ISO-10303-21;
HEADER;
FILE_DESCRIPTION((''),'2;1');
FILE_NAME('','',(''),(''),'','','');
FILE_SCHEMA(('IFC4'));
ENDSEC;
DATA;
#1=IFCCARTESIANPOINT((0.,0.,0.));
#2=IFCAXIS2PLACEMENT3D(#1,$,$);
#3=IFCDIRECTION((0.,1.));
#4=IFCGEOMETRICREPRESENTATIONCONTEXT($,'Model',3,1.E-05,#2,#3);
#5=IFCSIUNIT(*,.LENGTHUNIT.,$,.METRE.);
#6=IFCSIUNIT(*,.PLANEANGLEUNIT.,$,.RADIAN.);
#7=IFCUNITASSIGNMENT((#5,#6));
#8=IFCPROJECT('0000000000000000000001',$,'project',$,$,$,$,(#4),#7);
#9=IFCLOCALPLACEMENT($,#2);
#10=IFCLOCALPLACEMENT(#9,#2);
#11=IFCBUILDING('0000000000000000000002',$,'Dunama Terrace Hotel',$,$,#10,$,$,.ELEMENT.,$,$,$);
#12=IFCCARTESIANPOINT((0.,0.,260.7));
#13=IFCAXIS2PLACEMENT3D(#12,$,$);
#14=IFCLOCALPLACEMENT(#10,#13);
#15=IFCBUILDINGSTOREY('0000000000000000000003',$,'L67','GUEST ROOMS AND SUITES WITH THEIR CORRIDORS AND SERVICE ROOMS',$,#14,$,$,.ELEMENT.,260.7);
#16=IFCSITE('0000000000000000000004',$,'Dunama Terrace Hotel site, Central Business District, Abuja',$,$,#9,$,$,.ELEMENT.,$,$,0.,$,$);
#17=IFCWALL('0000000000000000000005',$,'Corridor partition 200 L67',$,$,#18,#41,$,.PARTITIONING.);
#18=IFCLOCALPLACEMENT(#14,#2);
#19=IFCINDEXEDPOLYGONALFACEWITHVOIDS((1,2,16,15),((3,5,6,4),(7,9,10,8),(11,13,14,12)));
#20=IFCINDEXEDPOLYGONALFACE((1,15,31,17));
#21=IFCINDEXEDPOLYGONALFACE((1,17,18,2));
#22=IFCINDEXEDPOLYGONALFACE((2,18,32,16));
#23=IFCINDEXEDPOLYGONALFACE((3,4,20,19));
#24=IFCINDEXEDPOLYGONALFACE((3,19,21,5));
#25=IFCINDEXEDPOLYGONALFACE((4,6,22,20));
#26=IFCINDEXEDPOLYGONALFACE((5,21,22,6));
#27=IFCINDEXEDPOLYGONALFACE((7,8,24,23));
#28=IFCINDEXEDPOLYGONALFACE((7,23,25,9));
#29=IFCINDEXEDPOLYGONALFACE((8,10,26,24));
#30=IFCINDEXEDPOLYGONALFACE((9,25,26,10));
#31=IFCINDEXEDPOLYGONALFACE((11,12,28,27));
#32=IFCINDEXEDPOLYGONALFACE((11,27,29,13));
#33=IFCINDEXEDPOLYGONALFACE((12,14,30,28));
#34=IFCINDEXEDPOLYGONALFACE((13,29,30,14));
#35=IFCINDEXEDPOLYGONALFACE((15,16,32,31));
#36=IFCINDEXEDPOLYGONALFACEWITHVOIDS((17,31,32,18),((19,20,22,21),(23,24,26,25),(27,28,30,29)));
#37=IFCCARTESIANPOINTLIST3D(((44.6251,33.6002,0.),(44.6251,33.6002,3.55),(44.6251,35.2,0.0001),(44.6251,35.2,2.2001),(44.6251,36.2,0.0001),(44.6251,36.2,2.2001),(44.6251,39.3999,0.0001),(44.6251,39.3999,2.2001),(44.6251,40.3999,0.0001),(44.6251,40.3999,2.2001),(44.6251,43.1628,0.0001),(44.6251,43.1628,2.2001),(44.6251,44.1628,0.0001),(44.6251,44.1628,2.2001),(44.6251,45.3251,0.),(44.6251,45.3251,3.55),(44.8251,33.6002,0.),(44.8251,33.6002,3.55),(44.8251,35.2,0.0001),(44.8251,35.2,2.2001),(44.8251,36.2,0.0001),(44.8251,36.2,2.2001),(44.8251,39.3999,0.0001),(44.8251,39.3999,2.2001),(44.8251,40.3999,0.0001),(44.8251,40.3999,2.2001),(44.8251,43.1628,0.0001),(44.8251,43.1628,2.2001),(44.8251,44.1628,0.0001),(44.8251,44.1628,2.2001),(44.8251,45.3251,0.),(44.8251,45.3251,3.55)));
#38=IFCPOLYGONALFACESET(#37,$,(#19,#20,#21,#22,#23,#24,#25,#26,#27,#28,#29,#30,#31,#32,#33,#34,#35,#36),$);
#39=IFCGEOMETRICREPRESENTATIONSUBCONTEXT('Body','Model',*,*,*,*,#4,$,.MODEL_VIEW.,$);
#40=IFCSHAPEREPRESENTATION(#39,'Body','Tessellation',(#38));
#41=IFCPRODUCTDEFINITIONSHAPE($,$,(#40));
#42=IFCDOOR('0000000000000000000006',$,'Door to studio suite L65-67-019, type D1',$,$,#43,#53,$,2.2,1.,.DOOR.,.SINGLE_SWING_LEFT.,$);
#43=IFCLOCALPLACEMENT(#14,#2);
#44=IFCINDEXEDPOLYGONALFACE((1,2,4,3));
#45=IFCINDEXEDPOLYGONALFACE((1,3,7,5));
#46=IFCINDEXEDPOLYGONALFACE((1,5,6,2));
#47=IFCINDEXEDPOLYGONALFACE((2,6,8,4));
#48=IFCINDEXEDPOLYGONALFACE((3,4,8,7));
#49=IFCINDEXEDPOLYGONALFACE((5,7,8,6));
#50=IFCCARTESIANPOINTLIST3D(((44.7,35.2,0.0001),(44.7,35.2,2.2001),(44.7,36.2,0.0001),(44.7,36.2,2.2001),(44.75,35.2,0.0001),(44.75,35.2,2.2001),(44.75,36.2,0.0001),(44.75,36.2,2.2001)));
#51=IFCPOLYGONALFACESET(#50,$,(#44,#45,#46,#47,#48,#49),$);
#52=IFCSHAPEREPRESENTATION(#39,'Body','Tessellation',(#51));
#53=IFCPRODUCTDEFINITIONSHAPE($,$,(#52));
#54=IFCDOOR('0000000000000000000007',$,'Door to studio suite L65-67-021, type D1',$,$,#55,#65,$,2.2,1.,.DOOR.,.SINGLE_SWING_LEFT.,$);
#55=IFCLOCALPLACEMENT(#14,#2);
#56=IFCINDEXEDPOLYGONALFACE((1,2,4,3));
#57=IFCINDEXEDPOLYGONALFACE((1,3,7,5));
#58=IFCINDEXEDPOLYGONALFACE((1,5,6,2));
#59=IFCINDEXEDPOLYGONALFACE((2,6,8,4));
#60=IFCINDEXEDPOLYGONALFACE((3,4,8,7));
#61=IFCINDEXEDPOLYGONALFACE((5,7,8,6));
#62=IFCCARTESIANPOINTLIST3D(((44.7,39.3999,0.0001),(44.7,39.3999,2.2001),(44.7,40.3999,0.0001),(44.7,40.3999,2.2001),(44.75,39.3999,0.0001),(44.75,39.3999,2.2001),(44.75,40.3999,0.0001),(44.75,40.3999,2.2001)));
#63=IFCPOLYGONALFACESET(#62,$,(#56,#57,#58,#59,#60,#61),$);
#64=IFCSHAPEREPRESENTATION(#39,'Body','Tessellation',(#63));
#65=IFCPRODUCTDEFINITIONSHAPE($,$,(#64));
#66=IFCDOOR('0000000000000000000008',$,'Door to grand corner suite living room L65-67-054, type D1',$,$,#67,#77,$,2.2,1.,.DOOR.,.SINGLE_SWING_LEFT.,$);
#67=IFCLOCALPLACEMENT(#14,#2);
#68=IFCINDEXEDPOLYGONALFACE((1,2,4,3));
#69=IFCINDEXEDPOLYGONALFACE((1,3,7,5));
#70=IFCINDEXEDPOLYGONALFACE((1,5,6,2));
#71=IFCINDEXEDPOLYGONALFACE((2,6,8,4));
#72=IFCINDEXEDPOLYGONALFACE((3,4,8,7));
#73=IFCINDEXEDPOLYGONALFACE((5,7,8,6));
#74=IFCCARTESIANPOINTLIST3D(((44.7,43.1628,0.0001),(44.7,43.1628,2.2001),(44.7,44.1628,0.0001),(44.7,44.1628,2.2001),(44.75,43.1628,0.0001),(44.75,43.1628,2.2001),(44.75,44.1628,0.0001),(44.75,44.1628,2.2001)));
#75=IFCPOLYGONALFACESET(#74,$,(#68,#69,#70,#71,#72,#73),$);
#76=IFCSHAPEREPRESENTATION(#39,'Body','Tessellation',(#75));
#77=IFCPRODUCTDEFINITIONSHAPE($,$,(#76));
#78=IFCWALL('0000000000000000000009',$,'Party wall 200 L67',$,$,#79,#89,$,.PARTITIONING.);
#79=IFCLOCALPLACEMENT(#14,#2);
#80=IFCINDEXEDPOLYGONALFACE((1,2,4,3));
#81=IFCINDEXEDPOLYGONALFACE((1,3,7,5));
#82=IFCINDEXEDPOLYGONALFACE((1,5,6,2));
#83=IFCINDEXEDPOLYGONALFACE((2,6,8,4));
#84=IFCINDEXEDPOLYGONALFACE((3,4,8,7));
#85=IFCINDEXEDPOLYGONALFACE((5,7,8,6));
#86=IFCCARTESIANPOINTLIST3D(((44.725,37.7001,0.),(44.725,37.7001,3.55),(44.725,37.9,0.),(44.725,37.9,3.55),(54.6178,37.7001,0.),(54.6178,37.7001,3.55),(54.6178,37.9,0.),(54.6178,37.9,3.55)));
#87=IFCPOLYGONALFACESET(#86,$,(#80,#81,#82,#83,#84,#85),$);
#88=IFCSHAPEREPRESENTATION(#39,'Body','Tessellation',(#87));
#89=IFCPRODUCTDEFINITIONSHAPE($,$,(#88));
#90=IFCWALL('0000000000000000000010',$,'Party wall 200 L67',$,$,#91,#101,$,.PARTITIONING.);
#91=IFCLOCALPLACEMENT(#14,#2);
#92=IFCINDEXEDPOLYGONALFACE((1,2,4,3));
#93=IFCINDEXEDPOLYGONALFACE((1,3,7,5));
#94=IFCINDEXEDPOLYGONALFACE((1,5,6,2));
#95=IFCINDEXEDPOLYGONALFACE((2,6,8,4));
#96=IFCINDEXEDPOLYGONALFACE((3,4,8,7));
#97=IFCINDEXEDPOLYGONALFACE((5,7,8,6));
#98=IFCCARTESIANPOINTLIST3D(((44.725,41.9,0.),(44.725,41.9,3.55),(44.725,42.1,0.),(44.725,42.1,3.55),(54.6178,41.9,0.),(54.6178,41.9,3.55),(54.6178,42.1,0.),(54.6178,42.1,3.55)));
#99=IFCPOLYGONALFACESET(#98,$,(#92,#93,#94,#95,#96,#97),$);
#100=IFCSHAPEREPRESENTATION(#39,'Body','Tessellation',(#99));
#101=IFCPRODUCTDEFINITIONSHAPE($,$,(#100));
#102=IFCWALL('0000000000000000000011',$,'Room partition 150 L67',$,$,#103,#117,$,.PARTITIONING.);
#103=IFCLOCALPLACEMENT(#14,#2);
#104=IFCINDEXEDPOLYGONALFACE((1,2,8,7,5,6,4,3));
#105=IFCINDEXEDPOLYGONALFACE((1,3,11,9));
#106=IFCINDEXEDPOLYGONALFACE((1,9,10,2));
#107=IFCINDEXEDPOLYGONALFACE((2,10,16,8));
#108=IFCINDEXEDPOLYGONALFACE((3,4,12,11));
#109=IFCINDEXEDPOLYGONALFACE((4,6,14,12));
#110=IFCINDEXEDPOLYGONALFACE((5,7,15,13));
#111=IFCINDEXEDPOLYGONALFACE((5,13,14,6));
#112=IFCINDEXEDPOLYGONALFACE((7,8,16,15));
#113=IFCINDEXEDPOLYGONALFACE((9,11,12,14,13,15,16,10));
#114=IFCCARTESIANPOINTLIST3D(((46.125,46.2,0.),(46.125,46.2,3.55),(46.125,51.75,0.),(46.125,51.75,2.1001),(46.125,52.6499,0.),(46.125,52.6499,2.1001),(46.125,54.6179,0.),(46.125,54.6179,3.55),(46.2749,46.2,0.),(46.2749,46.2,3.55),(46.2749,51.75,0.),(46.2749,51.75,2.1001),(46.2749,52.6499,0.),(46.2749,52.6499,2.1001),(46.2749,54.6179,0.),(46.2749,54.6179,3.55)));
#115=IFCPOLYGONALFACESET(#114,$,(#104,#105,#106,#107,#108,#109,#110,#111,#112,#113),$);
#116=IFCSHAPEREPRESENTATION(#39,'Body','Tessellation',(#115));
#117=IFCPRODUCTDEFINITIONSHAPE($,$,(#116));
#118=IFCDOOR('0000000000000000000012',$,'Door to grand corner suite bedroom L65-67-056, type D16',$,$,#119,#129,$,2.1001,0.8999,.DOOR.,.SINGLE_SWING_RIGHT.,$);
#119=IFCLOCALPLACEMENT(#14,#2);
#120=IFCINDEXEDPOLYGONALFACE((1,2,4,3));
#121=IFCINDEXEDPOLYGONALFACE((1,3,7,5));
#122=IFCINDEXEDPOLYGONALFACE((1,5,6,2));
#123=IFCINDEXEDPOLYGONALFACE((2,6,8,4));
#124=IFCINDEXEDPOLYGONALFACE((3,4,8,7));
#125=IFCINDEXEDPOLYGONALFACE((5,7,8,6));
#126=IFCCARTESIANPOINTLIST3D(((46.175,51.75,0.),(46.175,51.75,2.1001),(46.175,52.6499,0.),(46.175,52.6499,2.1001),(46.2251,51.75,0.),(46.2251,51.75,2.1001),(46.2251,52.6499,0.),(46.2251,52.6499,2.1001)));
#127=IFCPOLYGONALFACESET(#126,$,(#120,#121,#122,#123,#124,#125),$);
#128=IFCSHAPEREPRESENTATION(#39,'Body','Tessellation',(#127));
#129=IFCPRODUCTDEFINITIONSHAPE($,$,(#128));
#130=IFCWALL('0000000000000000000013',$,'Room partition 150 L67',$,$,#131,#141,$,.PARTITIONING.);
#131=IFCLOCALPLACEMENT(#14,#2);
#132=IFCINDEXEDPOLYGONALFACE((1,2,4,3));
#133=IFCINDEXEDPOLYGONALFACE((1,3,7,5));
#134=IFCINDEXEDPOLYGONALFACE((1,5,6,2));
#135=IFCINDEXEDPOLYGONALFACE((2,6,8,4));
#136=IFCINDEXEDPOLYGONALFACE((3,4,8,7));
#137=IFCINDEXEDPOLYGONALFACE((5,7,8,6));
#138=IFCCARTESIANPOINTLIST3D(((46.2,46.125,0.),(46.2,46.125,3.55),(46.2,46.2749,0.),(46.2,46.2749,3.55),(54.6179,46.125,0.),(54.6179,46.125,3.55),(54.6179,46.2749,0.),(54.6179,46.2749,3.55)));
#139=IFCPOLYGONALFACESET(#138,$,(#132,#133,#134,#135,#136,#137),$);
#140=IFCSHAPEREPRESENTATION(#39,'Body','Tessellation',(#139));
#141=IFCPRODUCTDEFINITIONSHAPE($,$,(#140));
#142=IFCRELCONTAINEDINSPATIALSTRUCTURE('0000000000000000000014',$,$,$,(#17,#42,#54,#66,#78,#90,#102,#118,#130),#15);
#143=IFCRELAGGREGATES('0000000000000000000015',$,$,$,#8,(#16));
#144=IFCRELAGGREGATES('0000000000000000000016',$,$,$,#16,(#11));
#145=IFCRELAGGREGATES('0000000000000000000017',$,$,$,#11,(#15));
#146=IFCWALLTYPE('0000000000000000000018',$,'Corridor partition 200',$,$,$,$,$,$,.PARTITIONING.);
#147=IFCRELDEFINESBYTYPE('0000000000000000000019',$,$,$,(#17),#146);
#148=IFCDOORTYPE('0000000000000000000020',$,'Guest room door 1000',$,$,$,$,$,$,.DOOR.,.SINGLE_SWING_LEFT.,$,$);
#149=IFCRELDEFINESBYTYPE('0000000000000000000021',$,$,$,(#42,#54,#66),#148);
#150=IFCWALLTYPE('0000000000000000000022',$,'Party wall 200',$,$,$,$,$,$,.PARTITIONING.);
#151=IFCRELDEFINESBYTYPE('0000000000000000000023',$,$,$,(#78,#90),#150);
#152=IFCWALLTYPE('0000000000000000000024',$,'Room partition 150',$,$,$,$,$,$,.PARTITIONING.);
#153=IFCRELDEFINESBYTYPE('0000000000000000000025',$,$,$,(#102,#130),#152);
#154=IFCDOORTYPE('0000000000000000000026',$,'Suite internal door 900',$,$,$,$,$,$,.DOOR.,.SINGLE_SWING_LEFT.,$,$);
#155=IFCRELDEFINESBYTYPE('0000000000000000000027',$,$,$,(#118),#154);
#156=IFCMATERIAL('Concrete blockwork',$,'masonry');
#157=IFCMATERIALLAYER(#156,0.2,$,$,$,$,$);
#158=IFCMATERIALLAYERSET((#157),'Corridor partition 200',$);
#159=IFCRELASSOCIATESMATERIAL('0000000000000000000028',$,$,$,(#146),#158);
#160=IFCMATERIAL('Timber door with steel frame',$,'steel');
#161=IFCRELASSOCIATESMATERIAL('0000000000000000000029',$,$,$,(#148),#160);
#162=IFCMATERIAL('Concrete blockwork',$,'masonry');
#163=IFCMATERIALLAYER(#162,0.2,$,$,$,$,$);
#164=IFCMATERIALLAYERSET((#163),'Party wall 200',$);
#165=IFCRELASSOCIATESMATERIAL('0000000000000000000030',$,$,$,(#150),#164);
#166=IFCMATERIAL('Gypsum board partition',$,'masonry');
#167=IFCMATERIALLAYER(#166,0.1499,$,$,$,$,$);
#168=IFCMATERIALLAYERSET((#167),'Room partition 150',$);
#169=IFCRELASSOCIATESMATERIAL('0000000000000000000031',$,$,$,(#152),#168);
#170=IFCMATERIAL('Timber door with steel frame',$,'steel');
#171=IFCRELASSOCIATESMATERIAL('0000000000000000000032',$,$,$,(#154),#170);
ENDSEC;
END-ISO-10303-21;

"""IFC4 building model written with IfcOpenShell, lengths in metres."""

from ifc_helpers import new_model, si_unit, direction, frame, frame_2d, origin, place, context, subcontext, project, spatial, rectangle, extrude, material, layer, layer_set, type_object, element, fill, save


model = new_model("IFC4")

# Units and contexts
model_context = context("Model", 3, precision=1e-05, world=origin(), true_north=direction((0.0, 1.0)))
body_context = subcontext(model_context, "Body", "Model", "MODEL_VIEW")
ifc_project = project(units=[si_unit("LENGTHUNIT", "METRE"), si_unit("PLANEANGLEUNIT", "RADIAN")], contexts=[model_context])

# Site, building, storey
site_placement = place(None, origin())
site = spatial("IfcSite", under=ifc_project, at=site_placement, Name="Dunama Terrace Hotel site, Central Business District, Abuja", CompositionType="ELEMENT", RefElevation=0.0)
building_placement = place(site_placement, origin())
building = spatial("IfcBuilding", under=site, at=building_placement, Name="Dunama Terrace Hotel", CompositionType="ELEMENT")
storey_placement = place(building_placement, frame((0.0, 0.0, 260.7)))
storey = spatial("IfcBuildingStorey", under=building, at=storey_placement, Name="L67", Description="GUEST ROOMS AND SUITES WITH THEIR CORRIDORS AND SERVICE ROOMS", CompositionType="ELEMENT", Elevation=260.7)

# Wall, openings, doors
ifc_material_1 = material(Name="Concrete blockwork", Category="masonry")
ifc_layer_1 = layer(ifc_material_1, 0.2)
ifc_layer_set_1 = layer_set([ifc_layer_1], Name="Corridor partition 200")
wall_type_1 = type_object("IfcWallType", Name="Corridor partition 200", PredefinedType="PARTITIONING", material=ifc_layer_set_1)
wall_1_placement = place(storey_placement, frame((44.7251, 45.325, 0.0), z_axis=(0.0, 0.0, 1.0), x_axis=(0.0, -1.0, 0.0)))
wall_1 = element("IfcWall", 1, at=wall_1_placement, inside=storey, type_object=wall_type_1, Name="Corridor partition 200 L67", PredefinedType="PARTITIONING", context=body_context, shape_type="SweptSolid", body=[
    extrude(rectangle(XDim=11.7249, YDim=0.2, at=frame_2d((5.8623, 0.0))), origin(), (0.0, 0.0, 1.0), 3.55),
])
opening_1_placement = place(wall_1_placement, frame((9.125, 0.0, 0.0)))
opening_1 = element("IfcOpeningElement", 2, at=opening_1_placement, cuts=wall_1, PredefinedType="OPENING", context=body_context, shape_type="SweptSolid", body=[
    extrude(rectangle(XDim=1.0, YDim=2.2, at=frame_2d((0.5, 1.1001))), frame((0.0, 0.1099, 0.0), z_axis=(0.0, -1.0, 0.0), x_axis=(1.0, 0.0, 0.0)), (0.0, 0.0, 1.0), 0.22),
])
opening_2_placement = place(wall_1_placement, frame((4.925, 0.0, 0.0)))
opening_2 = element("IfcOpeningElement", 3, at=opening_2_placement, cuts=wall_1, PredefinedType="OPENING", context=body_context, shape_type="SweptSolid", body=[
    extrude(rectangle(XDim=1.0, YDim=2.2, at=frame_2d((0.5, 1.1001))), frame((0.0, 0.1099, 0.0), z_axis=(0.0, -1.0, 0.0), x_axis=(1.0, 0.0, 0.0)), (0.0, 0.0, 1.0), 0.22),
])
opening_3_placement = place(wall_1_placement, frame((1.1621, 0.0, 0.0)))
opening_3 = element("IfcOpeningElement", 4, at=opening_3_placement, cuts=wall_1, PredefinedType="OPENING", context=body_context, shape_type="SweptSolid", body=[
    extrude(rectangle(XDim=1.0, YDim=2.2, at=frame_2d((0.5, 1.1001))), frame((0.0, 0.1099, 0.0), z_axis=(0.0, -1.0, 0.0), x_axis=(1.0, 0.0, 0.0)), (0.0, 0.0, 1.0), 0.22),
])
ifc_material_2 = material(Name="Timber door with steel frame", Category="steel")
door_type_1 = type_object("IfcDoorType", Name="Guest room door 1000", OperationType="SINGLE_SWING_LEFT", PredefinedType="DOOR", material=ifc_material_2)
door_1_placement = place(opening_1_placement, origin())
door_1 = element("IfcDoor", 5, at=door_1_placement, inside=storey, type_object=door_type_1, Name="Door to studio suite L65-67-019, type D1", OperationType="SINGLE_SWING_LEFT", OverallHeight=2.2, OverallWidth=1.0, PredefinedType="DOOR", context=body_context, shape_type="SweptSolid", body=[
    extrude(rectangle(XDim=1.0, YDim=2.2, at=frame_2d((0.5, 1.1001))), frame((0.0, 0.0249, 0.0), z_axis=(0.0, -1.0, 0.0), x_axis=(1.0, 0.0, 0.0)), (0.0, 0.0, 1.0), 0.05),
])
fill(opening_1, door_1)
door_2_placement = place(opening_2_placement, origin())
door_2 = element("IfcDoor", 6, at=door_2_placement, inside=storey, type_object=door_type_1, Name="Door to studio suite L65-67-021, type D1", OperationType="SINGLE_SWING_LEFT", OverallHeight=2.2, OverallWidth=1.0, PredefinedType="DOOR", context=body_context, shape_type="SweptSolid", body=[
    extrude(rectangle(XDim=1.0, YDim=2.2, at=frame_2d((0.5, 1.1001))), frame((0.0, 0.0249, 0.0), z_axis=(0.0, -1.0, 0.0), x_axis=(1.0, 0.0, 0.0)), (0.0, 0.0, 1.0), 0.05),
])
fill(opening_2, door_2)
door_3_placement = place(opening_3_placement, origin())
door_3 = element("IfcDoor", 7, at=door_3_placement, inside=storey, type_object=door_type_1, Name="Door to grand corner suite living room L65-67-054, type D1", OperationType="SINGLE_SWING_LEFT", OverallHeight=2.2, OverallWidth=1.0, PredefinedType="DOOR", context=body_context, shape_type="SweptSolid", body=[
    extrude(rectangle(XDim=1.0, YDim=2.2, at=frame_2d((0.5, 1.1001))), frame((0.0, 0.0249, 0.0), z_axis=(0.0, -1.0, 0.0), x_axis=(1.0, 0.0, 0.0)), (0.0, 0.0, 1.0), 0.05),
])
fill(opening_3, door_3)

# Walls
ifc_material_3 = material(Name="Concrete blockwork", Category="masonry")
ifc_layer_2 = layer(ifc_material_3, 0.2)
ifc_layer_set_2 = layer_set([ifc_layer_2], Name="Party wall 200")
wall_type_2 = type_object("IfcWallType", Name="Party wall 200", PredefinedType="PARTITIONING", material=ifc_layer_set_2)
for number, where, z_axis, x_axis, name in (
    (8, (44.7251, 37.8, 0.0), (0.0, 0.0, 1.0), (1.0, 0.0, 0.0), "Party wall 200 L67"),
    (9, (44.7251, 42.0, 0.0), (0.0, 0.0, 1.0), (1.0, 0.0, 0.0), "Party wall 200 L67"),
):
    element("IfcWall", number, at=place(storey_placement, frame(where, z_axis=z_axis, x_axis=x_axis)), inside=storey, type_object=wall_type_2, Name=name, PredefinedType="PARTITIONING", context=body_context, shape_type="SweptSolid", body=[
        extrude(rectangle(XDim=9.8928, YDim=0.2, at=frame_2d((4.9463, 0.0))), origin(), (0.0, 0.0, 1.0), 3.55),
    ])

# Wall, opening, door
ifc_material_4 = material(Name="Gypsum board partition", Category="masonry")
ifc_layer_3 = layer(ifc_material_4, 0.1499)
ifc_layer_set_3 = layer_set([ifc_layer_3], Name="Room partition 150")
wall_type_3 = type_object("IfcWallType", Name="Room partition 150", PredefinedType="PARTITIONING", material=ifc_layer_set_3)
wall_2_placement = place(storey_placement, frame((46.2, 46.2, 0.0), z_axis=(0.0, 0.0, 1.0), x_axis=(0.0, 1.0, 0.0)))
wall_2 = element("IfcWall", 10, at=wall_2_placement, inside=storey, type_object=wall_type_3, Name="Room partition 150 L67", PredefinedType="PARTITIONING", context=body_context, shape_type="SweptSolid", body=[
    extrude(rectangle(XDim=8.418, YDim=0.1499, at=frame_2d((4.209, 0.0))), origin(), (0.0, 0.0, 1.0), 3.55),
])
opening_4_placement = place(wall_2_placement, frame((5.55, 0.0, 0.0)))
opening_4 = element("IfcOpeningElement", 11, at=opening_4_placement, cuts=wall_2, PredefinedType="OPENING", context=body_context, shape_type="SweptSolid", body=[
    extrude(rectangle(XDim=0.8999, YDim=2.1001, at=frame_2d((0.45, 1.05))), frame((0.0, 0.085, 0.0), z_axis=(0.0, -1.0, 0.0), x_axis=(1.0, 0.0, 0.0)), (0.0, 0.0, 1.0), 0.1699),
])
ifc_material_5 = material(Name="Timber door with steel frame", Category="steel")
door_type_2 = type_object("IfcDoorType", Name="Suite internal door 900", OperationType="SINGLE_SWING_LEFT", PredefinedType="DOOR", material=ifc_material_5)
door_4_placement = place(opening_4_placement, frame((0.8999, 0.0, 0.0), z_axis=(0.0, 0.0, 1.0), x_axis=(-1.0, 0.0, 0.0)))
door_4 = element("IfcDoor", 12, at=door_4_placement, inside=storey, type_object=door_type_2, Name="Door to grand corner suite bedroom L65-67-056, type D16", OperationType="SINGLE_SWING_RIGHT", OverallHeight=2.1001, OverallWidth=0.8999, PredefinedType="DOOR", context=body_context, shape_type="SweptSolid", body=[
    extrude(rectangle(XDim=0.8999, YDim=2.1001, at=frame_2d((0.45, 1.05))), frame((0.0, 0.0251, 0.0), z_axis=(0.0, -1.0, 0.0), x_axis=(1.0, 0.0, 0.0)), (0.0, 0.0, 1.0), 0.05),
])
fill(opening_4, door_4)

# Wall
wall_3_placement = place(storey_placement, frame((46.2, 46.2, 0.0), z_axis=(0.0, 0.0, 1.0), x_axis=(1.0, 0.0, 0.0)))
element("IfcWall", 13, at=wall_3_placement, inside=storey, type_object=wall_type_3, Name="Room partition 150 L67", PredefinedType="PARTITIONING", context=body_context, shape_type="SweptSolid", body=[
    extrude(rectangle(XDim=8.418, YDim=0.1499, at=frame_2d((4.209, 0.0))), origin(), (0.0, 0.0, 1.0), 3.55),
])

save(model, "model.ifc")
